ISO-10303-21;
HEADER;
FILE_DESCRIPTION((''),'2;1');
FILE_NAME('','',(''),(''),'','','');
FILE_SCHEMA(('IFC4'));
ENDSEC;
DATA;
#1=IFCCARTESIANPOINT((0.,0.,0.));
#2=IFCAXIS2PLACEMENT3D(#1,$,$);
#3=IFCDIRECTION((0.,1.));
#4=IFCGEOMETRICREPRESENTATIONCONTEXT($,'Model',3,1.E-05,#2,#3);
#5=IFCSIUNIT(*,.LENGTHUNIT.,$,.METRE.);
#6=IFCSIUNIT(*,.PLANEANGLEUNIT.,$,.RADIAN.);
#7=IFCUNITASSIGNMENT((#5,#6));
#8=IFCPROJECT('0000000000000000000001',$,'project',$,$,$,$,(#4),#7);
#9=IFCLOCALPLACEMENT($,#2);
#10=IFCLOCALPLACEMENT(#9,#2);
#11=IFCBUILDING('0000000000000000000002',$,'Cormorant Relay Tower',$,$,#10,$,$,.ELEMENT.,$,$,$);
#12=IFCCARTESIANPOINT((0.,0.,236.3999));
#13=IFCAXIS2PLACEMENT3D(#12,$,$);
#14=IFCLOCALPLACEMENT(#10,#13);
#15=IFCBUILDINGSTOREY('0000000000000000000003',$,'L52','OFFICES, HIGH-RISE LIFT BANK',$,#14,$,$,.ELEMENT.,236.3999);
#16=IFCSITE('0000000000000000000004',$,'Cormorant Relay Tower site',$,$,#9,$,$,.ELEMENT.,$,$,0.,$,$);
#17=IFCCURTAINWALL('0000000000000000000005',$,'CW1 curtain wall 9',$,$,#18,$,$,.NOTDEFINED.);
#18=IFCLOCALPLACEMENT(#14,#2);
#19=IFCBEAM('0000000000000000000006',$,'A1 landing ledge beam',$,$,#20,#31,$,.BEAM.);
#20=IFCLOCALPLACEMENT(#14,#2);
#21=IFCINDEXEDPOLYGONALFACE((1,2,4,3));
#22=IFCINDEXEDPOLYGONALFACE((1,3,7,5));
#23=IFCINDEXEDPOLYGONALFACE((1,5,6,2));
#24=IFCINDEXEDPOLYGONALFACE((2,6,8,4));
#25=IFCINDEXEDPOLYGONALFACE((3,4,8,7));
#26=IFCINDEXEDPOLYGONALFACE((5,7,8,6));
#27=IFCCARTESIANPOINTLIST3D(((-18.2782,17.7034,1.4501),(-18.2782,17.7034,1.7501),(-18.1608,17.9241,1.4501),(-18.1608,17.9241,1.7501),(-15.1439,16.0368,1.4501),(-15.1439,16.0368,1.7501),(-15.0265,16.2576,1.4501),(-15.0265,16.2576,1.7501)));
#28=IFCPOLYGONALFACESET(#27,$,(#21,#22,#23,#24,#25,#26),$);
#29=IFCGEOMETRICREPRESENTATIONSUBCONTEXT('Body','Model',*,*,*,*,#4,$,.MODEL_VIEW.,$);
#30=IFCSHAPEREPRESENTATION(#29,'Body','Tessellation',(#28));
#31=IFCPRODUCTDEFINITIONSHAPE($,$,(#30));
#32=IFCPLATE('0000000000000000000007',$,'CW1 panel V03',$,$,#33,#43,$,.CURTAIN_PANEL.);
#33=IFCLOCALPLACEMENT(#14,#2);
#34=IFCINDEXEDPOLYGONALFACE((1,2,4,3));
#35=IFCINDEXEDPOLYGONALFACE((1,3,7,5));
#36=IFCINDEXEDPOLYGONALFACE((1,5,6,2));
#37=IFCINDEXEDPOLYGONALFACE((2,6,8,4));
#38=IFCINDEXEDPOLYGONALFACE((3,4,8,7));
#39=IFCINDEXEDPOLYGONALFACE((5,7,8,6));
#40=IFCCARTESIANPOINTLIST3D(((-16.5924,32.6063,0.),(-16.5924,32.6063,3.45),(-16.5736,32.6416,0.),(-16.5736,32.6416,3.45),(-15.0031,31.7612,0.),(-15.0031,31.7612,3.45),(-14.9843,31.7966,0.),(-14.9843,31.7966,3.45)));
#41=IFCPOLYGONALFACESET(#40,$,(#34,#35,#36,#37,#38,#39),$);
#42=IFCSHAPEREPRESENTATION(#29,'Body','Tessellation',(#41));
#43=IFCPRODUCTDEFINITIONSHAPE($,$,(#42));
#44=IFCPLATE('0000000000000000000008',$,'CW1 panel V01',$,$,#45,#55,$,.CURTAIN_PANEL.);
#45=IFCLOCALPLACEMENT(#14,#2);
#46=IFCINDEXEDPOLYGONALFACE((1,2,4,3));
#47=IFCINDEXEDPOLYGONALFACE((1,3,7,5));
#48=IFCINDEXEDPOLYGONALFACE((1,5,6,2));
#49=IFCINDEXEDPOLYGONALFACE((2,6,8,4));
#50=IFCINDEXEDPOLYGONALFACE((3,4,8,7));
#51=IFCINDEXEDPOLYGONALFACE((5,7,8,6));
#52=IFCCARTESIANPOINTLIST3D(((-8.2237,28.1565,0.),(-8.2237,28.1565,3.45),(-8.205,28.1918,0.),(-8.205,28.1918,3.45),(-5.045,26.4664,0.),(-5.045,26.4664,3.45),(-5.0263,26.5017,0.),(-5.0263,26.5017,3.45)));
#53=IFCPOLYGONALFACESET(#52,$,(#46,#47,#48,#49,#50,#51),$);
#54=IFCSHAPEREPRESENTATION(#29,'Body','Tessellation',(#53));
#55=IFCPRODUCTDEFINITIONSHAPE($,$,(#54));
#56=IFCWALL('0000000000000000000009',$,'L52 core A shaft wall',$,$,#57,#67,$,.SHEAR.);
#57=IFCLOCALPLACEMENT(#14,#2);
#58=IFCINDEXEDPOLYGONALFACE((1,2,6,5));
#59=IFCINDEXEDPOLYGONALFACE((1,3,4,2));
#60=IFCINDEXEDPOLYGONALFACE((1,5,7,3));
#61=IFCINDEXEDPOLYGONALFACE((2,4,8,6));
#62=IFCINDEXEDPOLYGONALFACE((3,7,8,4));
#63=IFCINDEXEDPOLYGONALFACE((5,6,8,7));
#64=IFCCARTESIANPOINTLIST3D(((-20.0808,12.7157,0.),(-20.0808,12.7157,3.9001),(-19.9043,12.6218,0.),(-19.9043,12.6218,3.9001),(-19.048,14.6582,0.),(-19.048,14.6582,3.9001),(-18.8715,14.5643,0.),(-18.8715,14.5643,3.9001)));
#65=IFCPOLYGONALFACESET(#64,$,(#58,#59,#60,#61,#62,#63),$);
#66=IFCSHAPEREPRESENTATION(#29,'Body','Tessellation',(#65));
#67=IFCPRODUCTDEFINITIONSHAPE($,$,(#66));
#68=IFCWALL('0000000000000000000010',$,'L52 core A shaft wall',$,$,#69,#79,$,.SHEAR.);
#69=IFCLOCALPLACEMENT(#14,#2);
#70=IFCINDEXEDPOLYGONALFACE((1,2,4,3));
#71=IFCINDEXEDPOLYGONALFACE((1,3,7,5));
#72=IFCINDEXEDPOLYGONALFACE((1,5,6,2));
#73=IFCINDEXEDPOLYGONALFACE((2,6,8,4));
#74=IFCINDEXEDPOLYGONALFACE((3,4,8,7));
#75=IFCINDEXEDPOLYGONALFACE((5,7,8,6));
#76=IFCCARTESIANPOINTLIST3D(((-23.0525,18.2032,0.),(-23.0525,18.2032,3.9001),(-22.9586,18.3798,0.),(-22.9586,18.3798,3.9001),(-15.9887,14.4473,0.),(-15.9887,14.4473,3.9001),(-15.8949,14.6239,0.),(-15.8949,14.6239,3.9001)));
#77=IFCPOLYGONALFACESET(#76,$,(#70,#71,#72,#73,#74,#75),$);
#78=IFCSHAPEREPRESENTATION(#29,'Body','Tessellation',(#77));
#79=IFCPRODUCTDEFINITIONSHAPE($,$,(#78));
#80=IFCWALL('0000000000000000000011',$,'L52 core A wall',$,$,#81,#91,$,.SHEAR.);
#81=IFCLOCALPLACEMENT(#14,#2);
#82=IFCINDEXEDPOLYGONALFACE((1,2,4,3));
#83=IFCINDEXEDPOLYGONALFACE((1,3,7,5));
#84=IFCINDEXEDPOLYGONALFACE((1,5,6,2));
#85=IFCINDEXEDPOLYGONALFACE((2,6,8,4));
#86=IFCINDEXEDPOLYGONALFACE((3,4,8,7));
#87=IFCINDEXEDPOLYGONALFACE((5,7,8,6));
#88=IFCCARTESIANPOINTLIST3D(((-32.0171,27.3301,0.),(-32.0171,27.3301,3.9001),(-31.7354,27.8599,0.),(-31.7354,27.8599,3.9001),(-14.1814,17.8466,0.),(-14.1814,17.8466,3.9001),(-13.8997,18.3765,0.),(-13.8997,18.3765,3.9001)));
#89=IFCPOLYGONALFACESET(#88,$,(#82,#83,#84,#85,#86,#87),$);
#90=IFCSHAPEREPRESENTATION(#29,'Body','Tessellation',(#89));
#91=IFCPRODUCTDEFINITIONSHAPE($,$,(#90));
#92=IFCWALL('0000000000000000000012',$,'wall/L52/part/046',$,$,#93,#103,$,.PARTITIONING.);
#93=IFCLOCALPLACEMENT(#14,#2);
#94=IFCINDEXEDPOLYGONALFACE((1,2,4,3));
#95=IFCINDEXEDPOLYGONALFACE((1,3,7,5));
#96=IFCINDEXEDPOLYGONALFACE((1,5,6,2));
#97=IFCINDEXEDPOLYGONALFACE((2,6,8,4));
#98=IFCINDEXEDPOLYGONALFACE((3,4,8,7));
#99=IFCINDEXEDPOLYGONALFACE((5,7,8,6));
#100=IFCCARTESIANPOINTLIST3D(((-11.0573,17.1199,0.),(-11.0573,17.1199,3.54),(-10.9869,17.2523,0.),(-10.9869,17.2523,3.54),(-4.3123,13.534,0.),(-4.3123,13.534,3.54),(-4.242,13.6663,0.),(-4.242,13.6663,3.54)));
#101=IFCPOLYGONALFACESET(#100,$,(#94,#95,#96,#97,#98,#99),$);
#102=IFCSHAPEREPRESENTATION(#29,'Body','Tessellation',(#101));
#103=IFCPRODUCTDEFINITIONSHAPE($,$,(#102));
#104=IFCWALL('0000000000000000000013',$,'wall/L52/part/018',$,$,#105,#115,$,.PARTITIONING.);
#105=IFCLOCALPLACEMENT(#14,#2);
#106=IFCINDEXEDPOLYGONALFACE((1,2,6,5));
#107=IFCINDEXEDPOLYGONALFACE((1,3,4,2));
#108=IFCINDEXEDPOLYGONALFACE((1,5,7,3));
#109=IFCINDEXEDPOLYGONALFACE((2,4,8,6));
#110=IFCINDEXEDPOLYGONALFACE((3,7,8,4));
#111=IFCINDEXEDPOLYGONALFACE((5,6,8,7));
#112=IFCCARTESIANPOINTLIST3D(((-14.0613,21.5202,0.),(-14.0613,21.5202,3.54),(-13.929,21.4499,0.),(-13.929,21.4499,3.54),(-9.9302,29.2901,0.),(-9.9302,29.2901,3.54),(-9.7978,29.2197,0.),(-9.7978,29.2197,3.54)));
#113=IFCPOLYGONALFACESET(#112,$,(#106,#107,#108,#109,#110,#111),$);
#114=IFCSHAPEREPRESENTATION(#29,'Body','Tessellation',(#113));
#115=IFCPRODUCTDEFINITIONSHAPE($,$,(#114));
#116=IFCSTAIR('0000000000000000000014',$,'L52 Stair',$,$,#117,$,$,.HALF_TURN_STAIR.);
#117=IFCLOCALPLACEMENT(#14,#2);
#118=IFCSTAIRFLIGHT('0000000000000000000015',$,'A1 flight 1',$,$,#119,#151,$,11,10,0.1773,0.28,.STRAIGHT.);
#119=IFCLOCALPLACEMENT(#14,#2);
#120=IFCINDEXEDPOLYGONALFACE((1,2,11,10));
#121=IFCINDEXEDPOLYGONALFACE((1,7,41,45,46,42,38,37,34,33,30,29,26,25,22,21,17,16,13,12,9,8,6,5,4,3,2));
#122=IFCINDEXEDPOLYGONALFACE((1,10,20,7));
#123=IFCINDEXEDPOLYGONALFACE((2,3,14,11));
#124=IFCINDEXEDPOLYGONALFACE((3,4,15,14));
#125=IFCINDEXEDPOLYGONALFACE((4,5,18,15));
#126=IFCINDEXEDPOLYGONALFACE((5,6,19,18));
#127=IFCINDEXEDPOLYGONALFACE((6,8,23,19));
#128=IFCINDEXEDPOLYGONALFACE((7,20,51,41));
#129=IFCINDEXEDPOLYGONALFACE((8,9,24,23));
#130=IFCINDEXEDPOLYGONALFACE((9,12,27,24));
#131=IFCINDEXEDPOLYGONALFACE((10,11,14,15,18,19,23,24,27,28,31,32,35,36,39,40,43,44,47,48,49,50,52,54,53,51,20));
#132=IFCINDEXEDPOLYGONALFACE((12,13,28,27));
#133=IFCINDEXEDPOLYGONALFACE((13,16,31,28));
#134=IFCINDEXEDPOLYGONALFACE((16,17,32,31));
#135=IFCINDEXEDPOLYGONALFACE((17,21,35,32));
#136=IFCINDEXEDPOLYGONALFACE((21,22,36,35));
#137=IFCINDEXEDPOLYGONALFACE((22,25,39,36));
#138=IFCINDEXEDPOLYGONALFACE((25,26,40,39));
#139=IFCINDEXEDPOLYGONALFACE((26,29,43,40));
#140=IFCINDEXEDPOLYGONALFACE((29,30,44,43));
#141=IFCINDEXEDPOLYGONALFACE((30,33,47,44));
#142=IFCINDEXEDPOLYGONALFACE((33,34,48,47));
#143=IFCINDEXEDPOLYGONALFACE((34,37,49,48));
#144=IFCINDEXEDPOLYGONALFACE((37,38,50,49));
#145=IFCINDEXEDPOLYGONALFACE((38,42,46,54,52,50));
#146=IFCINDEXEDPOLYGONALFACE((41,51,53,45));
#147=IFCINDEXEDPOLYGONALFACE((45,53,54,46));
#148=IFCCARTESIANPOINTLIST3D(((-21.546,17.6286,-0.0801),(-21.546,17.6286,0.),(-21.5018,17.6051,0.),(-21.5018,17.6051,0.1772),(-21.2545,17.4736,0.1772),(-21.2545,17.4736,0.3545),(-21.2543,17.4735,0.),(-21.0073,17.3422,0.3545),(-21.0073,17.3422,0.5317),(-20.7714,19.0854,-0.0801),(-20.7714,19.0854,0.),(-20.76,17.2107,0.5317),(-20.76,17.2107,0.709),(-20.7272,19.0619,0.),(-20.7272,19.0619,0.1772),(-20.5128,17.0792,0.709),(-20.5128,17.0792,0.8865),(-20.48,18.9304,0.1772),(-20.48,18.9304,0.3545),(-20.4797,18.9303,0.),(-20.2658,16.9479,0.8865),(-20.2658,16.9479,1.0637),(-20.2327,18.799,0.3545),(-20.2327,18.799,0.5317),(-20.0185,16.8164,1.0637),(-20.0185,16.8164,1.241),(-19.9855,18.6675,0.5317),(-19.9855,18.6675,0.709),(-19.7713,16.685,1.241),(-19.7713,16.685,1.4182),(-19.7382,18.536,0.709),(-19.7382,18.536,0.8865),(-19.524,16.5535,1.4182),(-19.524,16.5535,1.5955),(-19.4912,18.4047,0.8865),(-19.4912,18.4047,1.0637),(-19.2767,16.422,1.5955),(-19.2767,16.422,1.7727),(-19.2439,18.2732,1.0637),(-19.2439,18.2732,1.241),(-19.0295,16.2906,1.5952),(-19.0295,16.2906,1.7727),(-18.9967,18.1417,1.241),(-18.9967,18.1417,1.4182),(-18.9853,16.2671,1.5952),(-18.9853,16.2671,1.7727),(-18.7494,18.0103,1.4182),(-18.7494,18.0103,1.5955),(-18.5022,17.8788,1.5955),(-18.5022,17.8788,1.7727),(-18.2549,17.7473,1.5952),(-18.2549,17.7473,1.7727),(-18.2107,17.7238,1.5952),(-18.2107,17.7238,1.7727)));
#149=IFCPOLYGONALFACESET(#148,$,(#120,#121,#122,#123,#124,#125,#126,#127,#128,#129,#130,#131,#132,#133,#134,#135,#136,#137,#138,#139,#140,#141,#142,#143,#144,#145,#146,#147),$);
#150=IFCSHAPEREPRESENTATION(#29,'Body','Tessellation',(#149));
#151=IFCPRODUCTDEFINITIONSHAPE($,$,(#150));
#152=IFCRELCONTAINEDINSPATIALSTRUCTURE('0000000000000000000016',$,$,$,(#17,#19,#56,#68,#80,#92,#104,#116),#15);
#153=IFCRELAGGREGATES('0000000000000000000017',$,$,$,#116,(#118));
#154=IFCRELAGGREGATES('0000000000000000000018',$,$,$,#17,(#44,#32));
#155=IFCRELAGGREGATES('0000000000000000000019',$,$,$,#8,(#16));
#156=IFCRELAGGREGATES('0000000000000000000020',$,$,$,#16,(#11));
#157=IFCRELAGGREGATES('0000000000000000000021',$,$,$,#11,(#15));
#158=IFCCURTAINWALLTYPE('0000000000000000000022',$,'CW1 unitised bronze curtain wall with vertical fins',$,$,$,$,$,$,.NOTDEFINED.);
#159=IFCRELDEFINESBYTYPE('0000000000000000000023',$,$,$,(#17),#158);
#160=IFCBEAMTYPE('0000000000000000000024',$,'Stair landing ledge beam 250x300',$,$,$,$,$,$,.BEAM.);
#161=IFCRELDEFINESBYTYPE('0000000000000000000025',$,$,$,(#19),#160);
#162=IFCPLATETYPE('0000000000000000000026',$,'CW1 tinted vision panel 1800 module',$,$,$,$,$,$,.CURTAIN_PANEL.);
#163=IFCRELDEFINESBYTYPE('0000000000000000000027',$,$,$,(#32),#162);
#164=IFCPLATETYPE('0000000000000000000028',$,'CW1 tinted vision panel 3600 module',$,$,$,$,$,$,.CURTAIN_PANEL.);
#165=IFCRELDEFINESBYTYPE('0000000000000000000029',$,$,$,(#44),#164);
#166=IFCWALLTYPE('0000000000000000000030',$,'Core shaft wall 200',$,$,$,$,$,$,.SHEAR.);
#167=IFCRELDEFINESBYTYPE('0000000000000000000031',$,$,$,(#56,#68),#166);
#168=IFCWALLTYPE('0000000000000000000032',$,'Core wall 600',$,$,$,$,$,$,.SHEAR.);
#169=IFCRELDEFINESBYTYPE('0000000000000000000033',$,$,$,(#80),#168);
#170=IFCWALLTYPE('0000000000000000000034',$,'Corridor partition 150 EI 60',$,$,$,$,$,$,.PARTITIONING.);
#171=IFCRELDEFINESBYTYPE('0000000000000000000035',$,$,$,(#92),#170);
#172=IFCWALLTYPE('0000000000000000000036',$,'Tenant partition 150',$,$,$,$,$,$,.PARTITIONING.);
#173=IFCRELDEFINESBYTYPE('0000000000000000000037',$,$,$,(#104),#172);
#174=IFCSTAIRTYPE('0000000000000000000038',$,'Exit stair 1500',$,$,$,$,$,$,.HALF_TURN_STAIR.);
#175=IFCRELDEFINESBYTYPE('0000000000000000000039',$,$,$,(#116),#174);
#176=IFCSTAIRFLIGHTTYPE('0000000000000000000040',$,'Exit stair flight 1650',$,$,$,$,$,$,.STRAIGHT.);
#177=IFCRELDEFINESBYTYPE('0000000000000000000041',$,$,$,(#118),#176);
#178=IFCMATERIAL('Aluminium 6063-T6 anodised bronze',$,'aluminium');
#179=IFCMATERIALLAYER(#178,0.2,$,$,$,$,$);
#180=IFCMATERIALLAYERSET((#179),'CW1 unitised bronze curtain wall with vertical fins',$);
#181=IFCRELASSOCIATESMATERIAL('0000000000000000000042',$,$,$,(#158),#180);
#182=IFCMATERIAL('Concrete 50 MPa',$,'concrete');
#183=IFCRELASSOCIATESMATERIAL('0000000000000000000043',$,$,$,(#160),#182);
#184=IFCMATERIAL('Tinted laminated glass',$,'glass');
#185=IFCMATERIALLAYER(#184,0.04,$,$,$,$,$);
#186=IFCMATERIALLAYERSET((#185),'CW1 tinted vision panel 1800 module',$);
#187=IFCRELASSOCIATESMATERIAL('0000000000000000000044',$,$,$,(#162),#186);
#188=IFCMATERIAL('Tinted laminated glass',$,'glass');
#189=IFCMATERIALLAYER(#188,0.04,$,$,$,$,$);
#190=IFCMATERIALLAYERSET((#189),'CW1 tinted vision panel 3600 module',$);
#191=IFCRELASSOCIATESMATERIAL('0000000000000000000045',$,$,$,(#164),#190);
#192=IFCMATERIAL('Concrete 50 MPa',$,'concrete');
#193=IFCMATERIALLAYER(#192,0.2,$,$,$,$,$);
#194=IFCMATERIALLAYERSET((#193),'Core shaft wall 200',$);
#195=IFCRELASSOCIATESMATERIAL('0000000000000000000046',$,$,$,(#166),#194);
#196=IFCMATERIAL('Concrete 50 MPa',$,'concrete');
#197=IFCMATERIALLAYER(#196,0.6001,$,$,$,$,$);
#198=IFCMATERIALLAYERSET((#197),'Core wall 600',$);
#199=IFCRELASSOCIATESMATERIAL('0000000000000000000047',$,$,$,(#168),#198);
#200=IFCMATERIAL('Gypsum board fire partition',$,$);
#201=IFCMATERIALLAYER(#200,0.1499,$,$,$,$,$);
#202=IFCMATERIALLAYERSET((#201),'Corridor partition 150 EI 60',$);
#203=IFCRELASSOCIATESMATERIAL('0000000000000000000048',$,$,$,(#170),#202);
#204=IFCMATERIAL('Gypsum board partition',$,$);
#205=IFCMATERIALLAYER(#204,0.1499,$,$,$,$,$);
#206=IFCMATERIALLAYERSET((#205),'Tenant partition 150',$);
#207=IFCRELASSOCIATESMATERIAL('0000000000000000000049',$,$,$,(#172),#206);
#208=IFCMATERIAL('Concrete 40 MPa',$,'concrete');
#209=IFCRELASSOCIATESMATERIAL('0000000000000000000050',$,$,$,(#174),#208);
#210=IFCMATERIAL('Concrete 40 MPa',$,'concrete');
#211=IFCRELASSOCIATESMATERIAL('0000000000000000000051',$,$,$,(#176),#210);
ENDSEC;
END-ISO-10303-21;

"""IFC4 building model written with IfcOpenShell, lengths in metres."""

from ifc_helpers import new_model, si_unit, direction, frame, frame_2d, origin, origin_2d, place, context, subcontext, project, spatial, polyline, rectangle, outline, extrude, material, layer, layer_set, material_profile, profile_set, type_object, element, aggregate, save


model = new_model("IFC4")

# Units and contexts
model_context = context("Model", 3, precision=1e-05, world=origin(), true_north=direction((0.0, 1.0)))
body_context = subcontext(model_context, "Body", "Model", "MODEL_VIEW")
ifc_project = project(units=[si_unit("LENGTHUNIT", "METRE"), si_unit("PLANEANGLEUNIT", "RADIAN")], contexts=[model_context])

# Site, building, storey
site_placement = place(None, origin())
site = spatial("IfcSite", under=ifc_project, at=site_placement, Name="Cormorant Relay Tower site", CompositionType="ELEMENT", RefElevation=0.0)
building_placement = place(site_placement, origin())
building = spatial("IfcBuilding", under=site, at=building_placement, Name="Cormorant Relay Tower", CompositionType="ELEMENT")
storey_placement = place(building_placement, frame((0.0, 0.0, 236.3999)))
storey = spatial("IfcBuildingStorey", under=building, at=storey_placement, Name="L52", Description="OFFICES, HIGH-RISE LIFT BANK", CompositionType="ELEMENT", Elevation=236.3999)

# Curtain wall
ifc_material_1 = material(Name="Aluminium 6063-T6 anodised bronze", Category="aluminium")
ifc_layer_1 = layer(ifc_material_1, 0.2)
ifc_layer_set_1 = layer_set([ifc_layer_1], Name="CW1 unitised bronze curtain wall with vertical fins")
curtain_wall_type = type_object("IfcCurtainWallType", Name="CW1 unitised bronze curtain wall with vertical fins", PredefinedType="NOTDEFINED", material=ifc_layer_set_1)
curtain_wall_placement = place(storey_placement, origin())
curtain_wall = element("IfcCurtainWall", 1, at=curtain_wall_placement, inside=storey, type_object=curtain_wall_type, Name="CW1 curtain wall 9", PredefinedType="NOTDEFINED")

# Beam
ifc_material_2 = material(Name="Concrete 50 MPa", Category="concrete")
ifc_material_profile_1 = material_profile(ifc_material_2, rectangle(XDim=0.25, YDim=0.3, at=origin_2d()), Name="RC 250x300")
ifc_profile_set_1 = profile_set([ifc_material_profile_1], Name="Concrete 50 MPa")
beam_type_1 = type_object("IfcBeamType", Name="Stair landing ledge beam 250x300", PredefinedType="BEAM", material=ifc_profile_set_1)
beam_1_placement = place(storey_placement, frame((-18.2195, 17.8137, 1.6001), z_axis=(0.88295, -0.469467, 0.0), x_axis=(0.469467, 0.88295, 0.0)))
element("IfcBeam", 2, at=beam_1_placement, inside=storey, type_object=beam_type_1, Name="A1 landing ledge beam", PredefinedType="BEAM", context=body_context, shape_type="SweptSolid", body=[
    extrude(rectangle(XDim=0.25, YDim=0.3, at=origin_2d()), origin(), (0.0, 0.0, 1.0), 3.5498),
])

# Plates
ifc_material_3 = material(Name="Tinted laminated glass", Category="glass")
ifc_layer_2 = layer(ifc_material_3, 0.04)
ifc_layer_set_2 = layer_set([ifc_layer_2], Name="CW1 tinted vision panel 1800 module")
plate_type_1 = type_object("IfcPlateType", Name="CW1 tinted vision panel 1800 module", PredefinedType="CURTAIN_PANEL", material=ifc_layer_set_2)
plate_1_placement = place(storey_placement, frame((-15.7883, 32.2014, 0.0), z_axis=(0.0, 0.0, 1.0), x_axis=(-0.882948, 0.469472, 0.0)))
plate_1 = element("IfcPlate", 3, at=plate_1_placement, type_object=plate_type_1, Name="CW1 panel V03", PredefinedType="CURTAIN_PANEL", context=body_context, shape_type="SweptSolid", body=[
    extrude(rectangle(XDim=1.8, YDim=0.04, at=origin_2d()), origin(), (0.0, 0.0, 1.0), 3.45),
])
ifc_material_4 = material(Name="Tinted laminated glass", Category="glass")
ifc_layer_3 = layer(ifc_material_4, 0.04)
ifc_layer_set_3 = layer_set([ifc_layer_3], Name="CW1 tinted vision panel 3600 module")
plate_type_2 = type_object("IfcPlateType", Name="CW1 tinted vision panel 3600 module", PredefinedType="CURTAIN_PANEL", material=ifc_layer_set_3)
plate_2_placement = place(storey_placement, frame((-6.625, 27.3291, 0.0), z_axis=(0.0, 0.0, 1.0), x_axis=(-0.882948, 0.469472, 0.0)))
plate_2 = element("IfcPlate", 4, at=plate_2_placement, type_object=plate_type_2, Name="CW1 panel V01", PredefinedType="CURTAIN_PANEL", context=body_context, shape_type="SweptSolid", body=[
    extrude(rectangle(XDim=3.6001, YDim=0.04, at=origin_2d()), origin(), (0.0, 0.0, 1.0), 3.45),
])

# Walls
ifc_material_5 = material(Name="Concrete 50 MPa", Category="concrete")
ifc_layer_4 = layer(ifc_material_5, 0.2)
ifc_layer_set_4 = layer_set([ifc_layer_4], Name="Core shaft wall 200")
wall_type_1 = type_object("IfcWallType", Name="Core shaft wall 200", PredefinedType="SHEAR", material=ifc_layer_set_4)
wall_1_placement = place(storey_placement, frame((-18.9597, 14.6113, 0.0), z_axis=(0.0, 0.0, 1.0), x_axis=(-0.469447, -0.88296, 0.0)))
element("IfcWall", 5, at=wall_1_placement, inside=storey, type_object=wall_type_1, Name="L52 core A shaft wall", PredefinedType="SHEAR", context=body_context, shape_type="SweptSolid", body=[
    extrude(rectangle(XDim=2.2, YDim=0.2, at=frame_2d((1.1001, 0.0))), origin(), (0.0, 0.0, 1.0), 3.9001),
])
wall_2_placement = place(storey_placement, frame((-15.9419, 14.5356, 0.0), z_axis=(0.0, 0.0, 1.0), x_axis=(-0.882947, 0.469473, 0.0)))
element("IfcWall", 6, at=wall_2_placement, inside=storey, type_object=wall_type_1, Name="L52 core A shaft wall", PredefinedType="SHEAR", context=body_context, shape_type="SweptSolid", body=[
    extrude(rectangle(XDim=8.0002, YDim=0.2, at=frame_2d((4.0, 0.0))), origin(), (0.0, 0.0, 1.0), 3.9001),
])

# Shared definitions
ifc_material_6 = material(Name="Concrete 50 MPa", Category="concrete")
ifc_layer_5 = layer(ifc_material_6, 0.6001)
ifc_layer_set_5 = layer_set([ifc_layer_5], Name="Core wall 600")
wall_type_2 = type_object("IfcWallType", Name="Core wall 600", PredefinedType="SHEAR", material=ifc_layer_set_5)

# Walls
wall_3_placement = place(storey_placement, frame((-14.0405, 18.1116, 0.0), z_axis=(0.0, 0.0, 1.0), x_axis=(-0.882948, 0.469471, 0.0)))
element("IfcWall", 7, at=wall_3_placement, inside=storey, type_object=wall_type_2, Name="L52 core A wall", PredefinedType="SHEAR", context=body_context, shape_type="SweptSolid", body=[
    extrude(rectangle(XDim=20.2002, YDim=0.6001, at=frame_2d((10.1001, 0.0))), origin(), (0.0, 0.0, 1.0), 3.9001),
])
ifc_material_7 = material(Name="Gypsum board fire partition")
ifc_layer_6 = layer(ifc_material_7, 0.1499)
ifc_layer_set_6 = layer_set([ifc_layer_6], Name="Corridor partition 150 EI 60")
wall_type_3 = type_object("IfcWallType", Name="Corridor partition 150 EI 60", PredefinedType="PARTITIONING", material=ifc_layer_set_6)
wall_4_placement = place(storey_placement, frame((-11.022, 17.186, 0.0), z_axis=(0.0, 0.0, 1.0), x_axis=(0.882968, -0.469433, 0.0)))
element("IfcWall", 8, at=wall_4_placement, inside=storey, type_object=wall_type_3, Name="wall/L52/part/046", PredefinedType="PARTITIONING", context=body_context, shape_type="SweptSolid", body=[
    extrude(rectangle(XDim=7.6389, YDim=0.1499, at=frame_2d((3.8193, 0.0))), origin(), (0.0, 0.0, 1.0), 3.54),
])
ifc_material_8 = material(Name="Gypsum board partition")
ifc_layer_7 = layer(ifc_material_8, 0.1499)
ifc_layer_set_7 = layer_set([ifc_layer_7], Name="Tenant partition 150")
wall_type_4 = type_object("IfcWallType", Name="Tenant partition 150", PredefinedType="PARTITIONING", material=ifc_layer_set_7)
wall_5_placement = place(storey_placement, frame((-9.864, 29.2549, 0.0), z_axis=(0.0, 0.0, 1.0), x_axis=(-0.469457, -0.882955, 0.0)))
element("IfcWall", 9, at=wall_5_placement, inside=storey, type_object=wall_type_4, Name="wall/L52/part/018", PredefinedType="PARTITIONING", context=body_context, shape_type="SweptSolid", body=[
    extrude(rectangle(XDim=8.7998, YDim=0.1499, at=frame_2d((4.3999, 0.0))), origin(), (0.0, 0.0, 1.0), 3.54),
])

# Stair, stair flight
ifc_material_9 = material(Name="Concrete 40 MPa", Category="concrete")
stair_type = type_object("IfcStairType", Name="Exit stair 1500", PredefinedType="HALF_TURN_STAIR", material=ifc_material_9)
stair_placement = place(storey_placement, origin())
stair = element("IfcStair", 10, at=stair_placement, inside=storey, type_object=stair_type, Name="L52 Stair", PredefinedType="HALF_TURN_STAIR")
ifc_material_10 = material(Name="Concrete 40 MPa", Category="concrete")
stair_flight_type = type_object("IfcStairFlightType", Name="Exit stair flight 1650", PredefinedType="STRAIGHT", material=ifc_material_10)
stair_flight_1_placement = place(storey_placement, frame((-21.1145, 18.3335, 0.0), z_axis=(0.0, 0.0, 1.0), x_axis=(0.882948, -0.469472, 0.0)))
stair_flight_1 = element("IfcStairFlight", 11, at=stair_flight_1_placement, type_object=stair_flight_type, Name="A1 flight 1", NumberOfRisers=11, NumberOfTreads=10, PredefinedType="STRAIGHT", RiserHeight=0.1773, TreadLength=0.28, context=body_context, shape_type="SweptSolid", body=[
    extrude(outline(polyline([(-0.05, -0.0801), (-0.05, 0.0), (0.0, 0.0), (0.0, 0.1772), (0.28, 0.1772), (0.28, 0.3545), (0.5601, 0.3545), (0.5601, 0.5317), (0.8401, 0.5317), (0.8401, 0.709), (1.1201, 0.709), (1.1201, 0.8865), (1.3999, 0.8865), (1.3999, 1.0637), (1.6799, 1.0637), (1.6799, 1.241), (1.96, 1.241), (1.96, 1.4182), (2.24, 1.4182), (2.24, 1.5955), (2.52, 1.5955), (2.52, 1.7727), (2.8, 1.7727), (2.8501, 1.7727), (2.8501, 1.5952), (2.8, 1.5952), (0.2803, 0.0), (-0.05, -0.0801)])), frame((0.0, 0.825, 0.0), z_axis=(0.0, -1.0, 0.0), x_axis=(1.0, 0.0, 0.0)), (0.0, 0.0, 1.0), 1.6499),
])
aggregate(stair, [stair_flight_1])

aggregate(curtain_wall, [plate_2, plate_1])

save(model, "model.ifc")
